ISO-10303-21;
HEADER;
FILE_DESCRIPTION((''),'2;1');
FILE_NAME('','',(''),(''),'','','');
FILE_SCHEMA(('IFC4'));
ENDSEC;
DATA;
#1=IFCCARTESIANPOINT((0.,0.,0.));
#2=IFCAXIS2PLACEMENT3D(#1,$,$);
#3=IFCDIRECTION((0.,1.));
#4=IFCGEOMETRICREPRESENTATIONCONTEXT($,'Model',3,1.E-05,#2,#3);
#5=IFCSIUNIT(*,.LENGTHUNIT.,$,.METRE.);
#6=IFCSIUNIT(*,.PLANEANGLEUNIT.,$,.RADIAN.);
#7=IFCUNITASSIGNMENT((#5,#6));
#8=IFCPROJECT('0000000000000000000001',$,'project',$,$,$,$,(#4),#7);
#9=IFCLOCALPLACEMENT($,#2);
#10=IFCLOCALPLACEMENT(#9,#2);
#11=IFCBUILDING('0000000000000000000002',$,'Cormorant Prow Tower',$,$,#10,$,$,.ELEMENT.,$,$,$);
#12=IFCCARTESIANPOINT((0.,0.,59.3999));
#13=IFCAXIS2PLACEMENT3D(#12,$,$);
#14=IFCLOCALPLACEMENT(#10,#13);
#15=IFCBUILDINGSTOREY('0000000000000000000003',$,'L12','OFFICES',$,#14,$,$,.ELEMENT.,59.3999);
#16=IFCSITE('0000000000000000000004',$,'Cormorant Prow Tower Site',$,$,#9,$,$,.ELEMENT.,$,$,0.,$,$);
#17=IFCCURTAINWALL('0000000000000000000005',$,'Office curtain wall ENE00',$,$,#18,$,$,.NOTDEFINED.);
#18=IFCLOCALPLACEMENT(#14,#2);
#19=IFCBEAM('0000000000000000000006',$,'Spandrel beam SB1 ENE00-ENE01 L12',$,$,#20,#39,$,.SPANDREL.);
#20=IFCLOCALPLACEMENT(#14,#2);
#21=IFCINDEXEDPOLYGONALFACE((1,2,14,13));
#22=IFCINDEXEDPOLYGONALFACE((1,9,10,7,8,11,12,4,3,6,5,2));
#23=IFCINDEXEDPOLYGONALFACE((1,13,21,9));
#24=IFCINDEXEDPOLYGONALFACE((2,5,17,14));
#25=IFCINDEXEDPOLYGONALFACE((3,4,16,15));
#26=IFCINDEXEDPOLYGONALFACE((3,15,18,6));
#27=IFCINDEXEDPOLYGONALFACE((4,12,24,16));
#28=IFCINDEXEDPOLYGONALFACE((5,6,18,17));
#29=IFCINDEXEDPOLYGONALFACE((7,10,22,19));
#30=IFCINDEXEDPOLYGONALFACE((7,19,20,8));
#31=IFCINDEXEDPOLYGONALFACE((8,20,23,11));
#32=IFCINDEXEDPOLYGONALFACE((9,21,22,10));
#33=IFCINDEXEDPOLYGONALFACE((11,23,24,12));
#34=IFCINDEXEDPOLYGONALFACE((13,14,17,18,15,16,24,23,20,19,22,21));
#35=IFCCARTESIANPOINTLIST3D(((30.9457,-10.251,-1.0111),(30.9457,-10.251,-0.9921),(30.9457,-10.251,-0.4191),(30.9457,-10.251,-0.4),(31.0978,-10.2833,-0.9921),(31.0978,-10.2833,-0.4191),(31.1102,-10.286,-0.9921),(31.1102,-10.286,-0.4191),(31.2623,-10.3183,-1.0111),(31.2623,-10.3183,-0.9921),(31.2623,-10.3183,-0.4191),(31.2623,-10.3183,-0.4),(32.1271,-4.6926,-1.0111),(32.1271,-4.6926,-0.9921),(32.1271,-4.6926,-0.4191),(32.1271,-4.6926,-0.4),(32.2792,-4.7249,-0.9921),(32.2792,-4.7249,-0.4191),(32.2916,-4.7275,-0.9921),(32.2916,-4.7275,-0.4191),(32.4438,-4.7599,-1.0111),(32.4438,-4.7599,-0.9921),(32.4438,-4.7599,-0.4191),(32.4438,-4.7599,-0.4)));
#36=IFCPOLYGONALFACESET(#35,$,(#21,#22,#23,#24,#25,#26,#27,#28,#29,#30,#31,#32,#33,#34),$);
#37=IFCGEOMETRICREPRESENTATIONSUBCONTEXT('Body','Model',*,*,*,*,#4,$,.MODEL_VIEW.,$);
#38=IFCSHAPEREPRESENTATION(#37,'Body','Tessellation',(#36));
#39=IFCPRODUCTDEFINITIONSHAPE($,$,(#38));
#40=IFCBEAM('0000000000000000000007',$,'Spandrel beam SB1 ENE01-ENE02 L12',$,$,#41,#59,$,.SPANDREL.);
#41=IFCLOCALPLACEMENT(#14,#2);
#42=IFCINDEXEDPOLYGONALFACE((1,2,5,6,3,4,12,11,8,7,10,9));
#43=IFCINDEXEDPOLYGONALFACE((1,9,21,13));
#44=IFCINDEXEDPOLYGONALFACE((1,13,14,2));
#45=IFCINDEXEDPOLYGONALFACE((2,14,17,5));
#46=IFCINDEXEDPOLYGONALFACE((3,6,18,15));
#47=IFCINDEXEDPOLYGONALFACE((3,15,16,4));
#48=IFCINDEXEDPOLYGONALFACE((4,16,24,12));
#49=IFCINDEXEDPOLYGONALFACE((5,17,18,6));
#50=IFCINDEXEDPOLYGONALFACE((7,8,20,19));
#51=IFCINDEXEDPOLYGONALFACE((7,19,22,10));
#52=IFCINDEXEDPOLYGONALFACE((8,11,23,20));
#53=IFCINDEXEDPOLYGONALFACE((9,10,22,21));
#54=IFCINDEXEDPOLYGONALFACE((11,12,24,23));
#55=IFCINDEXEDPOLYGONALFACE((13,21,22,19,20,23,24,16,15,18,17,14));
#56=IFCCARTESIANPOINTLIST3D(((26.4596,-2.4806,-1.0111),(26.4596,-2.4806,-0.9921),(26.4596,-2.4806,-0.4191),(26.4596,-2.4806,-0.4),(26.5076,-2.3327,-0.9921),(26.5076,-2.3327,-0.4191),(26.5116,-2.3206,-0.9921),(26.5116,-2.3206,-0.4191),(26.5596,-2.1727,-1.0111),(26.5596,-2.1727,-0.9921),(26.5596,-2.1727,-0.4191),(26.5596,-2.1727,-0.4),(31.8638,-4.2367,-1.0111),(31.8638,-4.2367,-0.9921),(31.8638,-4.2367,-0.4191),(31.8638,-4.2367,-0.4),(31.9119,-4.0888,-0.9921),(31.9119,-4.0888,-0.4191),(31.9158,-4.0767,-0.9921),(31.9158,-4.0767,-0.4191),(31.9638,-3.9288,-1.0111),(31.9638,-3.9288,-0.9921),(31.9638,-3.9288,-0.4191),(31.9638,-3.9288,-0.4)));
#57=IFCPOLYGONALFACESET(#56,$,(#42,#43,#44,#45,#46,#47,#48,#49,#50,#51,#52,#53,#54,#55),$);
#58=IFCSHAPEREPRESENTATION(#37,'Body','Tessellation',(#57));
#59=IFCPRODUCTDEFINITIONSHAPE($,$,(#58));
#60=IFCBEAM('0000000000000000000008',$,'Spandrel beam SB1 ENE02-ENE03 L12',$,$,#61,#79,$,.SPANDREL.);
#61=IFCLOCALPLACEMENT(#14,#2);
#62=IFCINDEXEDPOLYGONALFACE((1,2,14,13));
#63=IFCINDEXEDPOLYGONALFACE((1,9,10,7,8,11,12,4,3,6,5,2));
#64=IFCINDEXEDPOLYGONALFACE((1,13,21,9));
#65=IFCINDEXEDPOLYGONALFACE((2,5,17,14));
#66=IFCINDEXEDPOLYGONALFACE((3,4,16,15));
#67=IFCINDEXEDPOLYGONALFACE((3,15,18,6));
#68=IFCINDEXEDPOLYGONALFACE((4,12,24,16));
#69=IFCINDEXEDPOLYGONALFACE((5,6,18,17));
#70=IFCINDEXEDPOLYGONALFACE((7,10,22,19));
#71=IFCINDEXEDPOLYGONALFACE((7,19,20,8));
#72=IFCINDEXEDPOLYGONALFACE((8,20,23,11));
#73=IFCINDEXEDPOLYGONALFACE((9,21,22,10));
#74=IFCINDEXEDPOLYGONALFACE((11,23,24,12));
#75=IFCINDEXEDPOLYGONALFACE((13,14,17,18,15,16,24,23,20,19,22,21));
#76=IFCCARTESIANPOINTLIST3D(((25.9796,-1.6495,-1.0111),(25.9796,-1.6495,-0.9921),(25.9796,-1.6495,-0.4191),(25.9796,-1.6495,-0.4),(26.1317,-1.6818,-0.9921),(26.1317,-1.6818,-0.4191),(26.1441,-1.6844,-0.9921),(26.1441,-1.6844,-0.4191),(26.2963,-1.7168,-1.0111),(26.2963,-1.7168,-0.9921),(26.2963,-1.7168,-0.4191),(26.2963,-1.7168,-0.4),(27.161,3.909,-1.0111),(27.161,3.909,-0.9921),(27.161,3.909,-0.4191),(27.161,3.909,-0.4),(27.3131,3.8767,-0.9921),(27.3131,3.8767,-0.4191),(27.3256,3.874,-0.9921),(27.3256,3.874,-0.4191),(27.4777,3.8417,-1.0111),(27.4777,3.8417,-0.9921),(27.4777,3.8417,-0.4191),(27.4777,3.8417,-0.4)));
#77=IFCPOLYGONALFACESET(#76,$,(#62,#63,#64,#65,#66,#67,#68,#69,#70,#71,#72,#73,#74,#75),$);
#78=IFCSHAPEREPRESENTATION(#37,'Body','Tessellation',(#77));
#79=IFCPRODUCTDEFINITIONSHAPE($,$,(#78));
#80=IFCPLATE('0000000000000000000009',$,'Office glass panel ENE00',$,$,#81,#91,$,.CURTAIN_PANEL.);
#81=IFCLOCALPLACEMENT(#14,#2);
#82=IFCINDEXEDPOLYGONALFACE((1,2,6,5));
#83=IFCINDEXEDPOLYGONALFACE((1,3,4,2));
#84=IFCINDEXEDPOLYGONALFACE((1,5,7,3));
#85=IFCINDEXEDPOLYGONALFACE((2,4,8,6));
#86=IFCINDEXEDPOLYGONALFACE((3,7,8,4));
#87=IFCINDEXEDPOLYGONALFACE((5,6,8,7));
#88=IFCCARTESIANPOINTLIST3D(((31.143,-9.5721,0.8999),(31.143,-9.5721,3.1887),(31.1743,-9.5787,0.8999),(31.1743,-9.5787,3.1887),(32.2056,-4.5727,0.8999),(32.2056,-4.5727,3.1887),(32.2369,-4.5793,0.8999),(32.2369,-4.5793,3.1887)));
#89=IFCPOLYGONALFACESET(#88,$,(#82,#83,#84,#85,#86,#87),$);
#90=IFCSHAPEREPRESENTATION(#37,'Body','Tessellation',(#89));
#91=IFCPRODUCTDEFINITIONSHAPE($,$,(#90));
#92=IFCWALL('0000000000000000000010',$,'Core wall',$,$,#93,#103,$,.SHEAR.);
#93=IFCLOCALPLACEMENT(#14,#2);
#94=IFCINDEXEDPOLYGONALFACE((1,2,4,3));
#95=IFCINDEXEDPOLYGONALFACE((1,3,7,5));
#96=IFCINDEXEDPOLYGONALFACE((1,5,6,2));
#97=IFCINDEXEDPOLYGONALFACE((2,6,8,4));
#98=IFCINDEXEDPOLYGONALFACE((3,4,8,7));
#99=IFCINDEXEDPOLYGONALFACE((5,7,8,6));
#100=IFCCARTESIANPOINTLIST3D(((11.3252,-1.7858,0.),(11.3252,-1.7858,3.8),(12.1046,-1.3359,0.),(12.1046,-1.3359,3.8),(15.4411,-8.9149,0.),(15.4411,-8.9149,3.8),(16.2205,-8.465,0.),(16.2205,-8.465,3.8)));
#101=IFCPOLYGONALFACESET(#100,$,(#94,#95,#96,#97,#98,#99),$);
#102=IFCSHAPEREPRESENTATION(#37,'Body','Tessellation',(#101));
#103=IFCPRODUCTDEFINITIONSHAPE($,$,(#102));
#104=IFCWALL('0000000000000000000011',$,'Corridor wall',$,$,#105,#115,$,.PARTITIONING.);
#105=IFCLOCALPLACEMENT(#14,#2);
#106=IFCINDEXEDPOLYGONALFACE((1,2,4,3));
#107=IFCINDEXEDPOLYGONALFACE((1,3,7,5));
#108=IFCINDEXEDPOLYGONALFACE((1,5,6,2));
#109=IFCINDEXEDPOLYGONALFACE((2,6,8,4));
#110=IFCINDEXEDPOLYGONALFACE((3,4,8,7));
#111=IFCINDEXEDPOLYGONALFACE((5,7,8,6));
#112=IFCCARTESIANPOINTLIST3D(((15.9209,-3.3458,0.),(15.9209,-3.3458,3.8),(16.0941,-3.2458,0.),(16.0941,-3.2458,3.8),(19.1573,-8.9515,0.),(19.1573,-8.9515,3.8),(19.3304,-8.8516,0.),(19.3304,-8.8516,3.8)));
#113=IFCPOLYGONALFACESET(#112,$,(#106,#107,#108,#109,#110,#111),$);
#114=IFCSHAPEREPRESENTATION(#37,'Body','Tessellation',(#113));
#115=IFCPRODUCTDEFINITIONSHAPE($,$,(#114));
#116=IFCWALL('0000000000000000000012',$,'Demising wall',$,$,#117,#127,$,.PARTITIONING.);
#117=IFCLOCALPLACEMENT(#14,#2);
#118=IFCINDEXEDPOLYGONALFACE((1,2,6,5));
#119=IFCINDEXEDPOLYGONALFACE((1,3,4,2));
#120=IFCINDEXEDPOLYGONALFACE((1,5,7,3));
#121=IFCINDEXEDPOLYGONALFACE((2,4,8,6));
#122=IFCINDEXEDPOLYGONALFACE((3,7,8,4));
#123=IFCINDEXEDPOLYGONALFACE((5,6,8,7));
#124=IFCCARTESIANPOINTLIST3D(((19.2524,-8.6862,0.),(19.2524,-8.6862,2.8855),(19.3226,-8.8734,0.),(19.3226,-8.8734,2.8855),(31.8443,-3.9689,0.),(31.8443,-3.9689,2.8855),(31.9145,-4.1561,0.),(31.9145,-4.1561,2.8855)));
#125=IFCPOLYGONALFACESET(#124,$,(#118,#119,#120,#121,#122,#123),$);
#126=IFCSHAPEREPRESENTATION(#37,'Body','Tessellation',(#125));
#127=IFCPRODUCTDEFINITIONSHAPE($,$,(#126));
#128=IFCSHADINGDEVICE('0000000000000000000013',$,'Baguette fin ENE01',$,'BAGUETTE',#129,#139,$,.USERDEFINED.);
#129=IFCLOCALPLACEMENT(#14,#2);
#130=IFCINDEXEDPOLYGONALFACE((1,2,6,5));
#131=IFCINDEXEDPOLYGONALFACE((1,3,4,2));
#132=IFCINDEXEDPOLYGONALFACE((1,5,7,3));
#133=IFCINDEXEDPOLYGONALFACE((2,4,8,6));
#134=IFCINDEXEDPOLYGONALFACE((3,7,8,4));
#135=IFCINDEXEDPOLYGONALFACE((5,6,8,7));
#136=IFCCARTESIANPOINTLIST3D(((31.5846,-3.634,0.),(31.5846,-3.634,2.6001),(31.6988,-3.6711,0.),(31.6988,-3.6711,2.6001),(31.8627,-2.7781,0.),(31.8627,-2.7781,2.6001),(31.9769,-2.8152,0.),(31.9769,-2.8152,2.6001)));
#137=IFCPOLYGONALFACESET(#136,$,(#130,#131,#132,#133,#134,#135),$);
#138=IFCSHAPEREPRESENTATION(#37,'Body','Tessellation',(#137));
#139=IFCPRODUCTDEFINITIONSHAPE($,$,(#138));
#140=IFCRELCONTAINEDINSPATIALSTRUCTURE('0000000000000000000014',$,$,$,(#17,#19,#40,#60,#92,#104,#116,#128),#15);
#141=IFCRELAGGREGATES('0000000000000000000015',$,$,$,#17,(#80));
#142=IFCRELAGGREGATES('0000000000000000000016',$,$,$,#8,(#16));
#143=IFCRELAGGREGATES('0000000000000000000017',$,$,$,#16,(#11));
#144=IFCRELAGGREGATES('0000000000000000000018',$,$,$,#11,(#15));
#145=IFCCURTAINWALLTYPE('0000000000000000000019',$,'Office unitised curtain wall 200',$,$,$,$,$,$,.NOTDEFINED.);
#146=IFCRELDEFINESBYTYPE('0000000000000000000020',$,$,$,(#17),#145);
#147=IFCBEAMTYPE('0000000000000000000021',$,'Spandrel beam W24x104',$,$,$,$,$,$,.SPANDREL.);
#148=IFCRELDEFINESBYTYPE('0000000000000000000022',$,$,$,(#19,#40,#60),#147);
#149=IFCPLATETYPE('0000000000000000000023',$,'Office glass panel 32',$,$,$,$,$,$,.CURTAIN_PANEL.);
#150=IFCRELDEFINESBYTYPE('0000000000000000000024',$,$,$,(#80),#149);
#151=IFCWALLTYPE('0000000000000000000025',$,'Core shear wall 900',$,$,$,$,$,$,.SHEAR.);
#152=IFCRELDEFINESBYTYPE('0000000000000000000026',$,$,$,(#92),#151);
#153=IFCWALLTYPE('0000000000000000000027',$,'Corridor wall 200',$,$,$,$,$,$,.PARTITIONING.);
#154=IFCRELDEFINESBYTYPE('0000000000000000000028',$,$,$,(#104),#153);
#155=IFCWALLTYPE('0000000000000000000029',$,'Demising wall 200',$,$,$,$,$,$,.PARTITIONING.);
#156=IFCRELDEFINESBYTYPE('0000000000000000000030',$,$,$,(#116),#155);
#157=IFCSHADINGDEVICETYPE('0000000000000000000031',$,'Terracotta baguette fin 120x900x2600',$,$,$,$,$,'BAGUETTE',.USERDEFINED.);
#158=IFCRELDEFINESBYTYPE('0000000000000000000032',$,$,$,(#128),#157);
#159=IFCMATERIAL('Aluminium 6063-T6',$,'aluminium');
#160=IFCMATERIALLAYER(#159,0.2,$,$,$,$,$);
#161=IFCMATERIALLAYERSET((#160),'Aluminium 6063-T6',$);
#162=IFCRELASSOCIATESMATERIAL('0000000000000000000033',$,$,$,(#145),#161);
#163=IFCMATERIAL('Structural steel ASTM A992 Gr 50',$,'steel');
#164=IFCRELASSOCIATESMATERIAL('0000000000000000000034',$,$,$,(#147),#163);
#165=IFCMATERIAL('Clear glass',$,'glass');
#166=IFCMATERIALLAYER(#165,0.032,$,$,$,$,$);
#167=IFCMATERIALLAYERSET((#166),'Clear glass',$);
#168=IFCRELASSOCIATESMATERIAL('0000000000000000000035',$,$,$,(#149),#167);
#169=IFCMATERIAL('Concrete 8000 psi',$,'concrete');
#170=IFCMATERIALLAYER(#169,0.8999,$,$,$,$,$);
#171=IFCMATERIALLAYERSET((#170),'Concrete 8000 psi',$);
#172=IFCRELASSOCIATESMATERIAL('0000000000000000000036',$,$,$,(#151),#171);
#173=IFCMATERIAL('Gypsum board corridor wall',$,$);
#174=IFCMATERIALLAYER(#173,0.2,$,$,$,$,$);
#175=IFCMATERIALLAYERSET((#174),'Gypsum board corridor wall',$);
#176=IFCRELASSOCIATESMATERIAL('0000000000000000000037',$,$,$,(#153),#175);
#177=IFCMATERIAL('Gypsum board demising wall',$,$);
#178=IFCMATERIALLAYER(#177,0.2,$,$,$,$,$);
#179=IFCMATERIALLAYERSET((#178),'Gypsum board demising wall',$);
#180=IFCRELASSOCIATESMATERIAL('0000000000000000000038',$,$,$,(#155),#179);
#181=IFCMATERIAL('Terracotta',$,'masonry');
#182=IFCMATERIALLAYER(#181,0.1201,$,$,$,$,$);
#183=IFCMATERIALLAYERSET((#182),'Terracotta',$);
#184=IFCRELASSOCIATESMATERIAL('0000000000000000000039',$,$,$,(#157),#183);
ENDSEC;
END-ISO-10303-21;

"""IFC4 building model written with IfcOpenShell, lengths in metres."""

from ifc_helpers import new_model, si_unit, direction, frame, frame_2d, origin, origin_2d, place, context, subcontext, project, spatial, rectangle, i_section, extrude, material, layer, layer_set, material_profile, profile_set, type_object, element, aggregate, save


model = new_model("IFC4")

# Units and contexts
model_context = context("Model", 3, precision=1e-05, world=origin(), true_north=direction((0.0, 1.0)))
body_context = subcontext(model_context, "Body", "Model", "MODEL_VIEW")
ifc_project = project(units=[si_unit("LENGTHUNIT", "METRE"), si_unit("PLANEANGLEUNIT", "RADIAN")], contexts=[model_context])

# Site, building, storey
site_placement = place(None, origin())
site = spatial("IfcSite", under=ifc_project, at=site_placement, Name="Cormorant Prow Tower Site", CompositionType="ELEMENT", RefElevation=0.0)
building_placement = place(site_placement, origin())
building = spatial("IfcBuilding", under=site, at=building_placement, Name="Cormorant Prow Tower", CompositionType="ELEMENT")
storey_placement = place(building_placement, frame((0.0, 0.0, 59.3999)))
storey = spatial("IfcBuildingStorey", under=building, at=storey_placement, Name="L12", Description="OFFICES", CompositionType="ELEMENT", Elevation=59.3999)

# Curtain wall
ifc_material_1 = material(Name="Aluminium 6063-T6", Category="aluminium")
ifc_layer_1 = layer(ifc_material_1, 0.2)
ifc_layer_set_1 = layer_set([ifc_layer_1], Name="Aluminium 6063-T6")
curtain_wall_type = type_object("IfcCurtainWallType", Name="Office unitised curtain wall 200", PredefinedType="NOTDEFINED", material=ifc_layer_set_1)
curtain_wall_1_placement = place(storey_placement, origin())
curtain_wall_1 = element("IfcCurtainWall", 1, at=curtain_wall_1_placement, inside=storey, type_object=curtain_wall_type, Name="Office curtain wall ENE00", PredefinedType="NOTDEFINED")

# Beams
ifc_material_2 = material(Name="Structural steel ASTM A992 Gr 50", Category="steel")
ifc_material_profile_1 = material_profile(ifc_material_2, i_section(OverallWidth=0.3237, OverallDepth=0.6111, WebThickness=0.0127, FlangeThickness=0.019, at=origin_2d()), Name="W24x104")
ifc_profile_set_1 = profile_set([ifc_material_profile_1], Name="Structural steel ASTM A992 Gr 50")
beam_type_1 = type_object("IfcBeamType", Name="Spandrel beam W24x104", PredefinedType="SPANDREL", material=ifc_profile_set_1)
beam_1_placement = place(storey_placement, frame((31.104, -10.2847, -0.7056), z_axis=(0.2079, 0.97815, 0.0), x_axis=(-0.97815, 0.2079, 0.0)))
element("IfcBeam", 2, at=beam_1_placement, inside=storey, type_object=beam_type_1, Name="Spandrel beam SB1 ENE00-ENE01 L12", PredefinedType="SPANDREL", context=body_context, shape_type="SweptSolid", body=[
    extrude(i_section(OverallWidth=0.3237, OverallDepth=0.6111, WebThickness=0.0127, FlangeThickness=0.019, at=origin_2d()), origin(), (0.0, 0.0, 1.0), 5.6826),
])
beam_2_placement = place(storey_placement, frame((31.9138, -4.0828, -0.7056), z_axis=(-0.951049, 0.309039, 0.0), x_axis=(-0.309039, -0.951049, 0.0)))
element("IfcBeam", 3, at=beam_2_placement, inside=storey, type_object=beam_type_1, Name="Spandrel beam SB1 ENE01-ENE02 L12", PredefinedType="SPANDREL", context=body_context, shape_type="SweptSolid", body=[
    extrude(i_section(OverallWidth=0.3237, OverallDepth=0.6111, WebThickness=0.0127, FlangeThickness=0.019, at=origin_2d()), origin(), (0.0, 0.0, 1.0), 5.6824),
])
beam_3_placement = place(storey_placement, frame((26.1379, -1.6831, -0.7056), z_axis=(0.2079, 0.97815, 0.0), x_axis=(-0.97815, 0.2079, 0.0)))
element("IfcBeam", 4, at=beam_3_placement, inside=storey, type_object=beam_type_1, Name="Spandrel beam SB1 ENE02-ENE03 L12", PredefinedType="SPANDREL", context=body_context, shape_type="SweptSolid", body=[
    extrude(i_section(OverallWidth=0.3237, OverallDepth=0.6111, WebThickness=0.0127, FlangeThickness=0.019, at=origin_2d()), origin(), (0.0, 0.0, 1.0), 5.6826),
])

# Plate
ifc_material_3 = material(Name="Clear glass", Category="glass")
ifc_layer_2 = layer(ifc_material_3, 0.032)
ifc_layer_set_2 = layer_set([ifc_layer_2], Name="Clear glass")
plate_type = type_object("IfcPlateType", Name="Office glass panel 32", PredefinedType="CURTAIN_PANEL", material=ifc_layer_set_2)
plate_placement = place(storey_placement, frame((31.6899, -7.0757, 0.8999), z_axis=(0.0, 0.0, 1.0), x_axis=(0.207912, 0.978148, 0.0)))
plate = element("IfcPlate", 5, at=plate_placement, type_object=plate_type, Name="Office glass panel ENE00", PredefinedType="CURTAIN_PANEL", context=body_context, shape_type="SweptSolid", body=[
    extrude(rectangle(XDim=5.1111, YDim=0.032, at=origin_2d()), origin(), (0.0, 0.0, 1.0), 2.2888),
])
aggregate(curtain_wall_1, [plate])

# Walls
ifc_material_4 = material(Name="Concrete 8000 psi", Category="concrete")
ifc_layer_3 = layer(ifc_material_4, 0.8999)
ifc_layer_set_3 = layer_set([ifc_layer_3], Name="Concrete 8000 psi")
wall_type_1 = type_object("IfcWallType", Name="Core shear wall 900", PredefinedType="SHEAR", material=ifc_layer_set_3)
wall_1_placement = place(storey_placement, frame((15.8308, -8.6899, 0.0), z_axis=(0.0, 0.0, 1.0), x_axis=(-0.499995, 0.866028, 0.0)))
element("IfcWall", 6, at=wall_1_placement, inside=storey, type_object=wall_type_1, Name="Core wall", PredefinedType="SHEAR", context=body_context, shape_type="SweptSolid", body=[
    extrude(rectangle(XDim=8.2319, YDim=0.8999, at=frame_2d((4.116, 0.0))), origin(), (0.0, 0.0, 1.0), 3.8),
])
ifc_material_5 = material(Name="Gypsum board corridor wall")
ifc_layer_4 = layer(ifc_material_5, 0.2)
ifc_layer_set_4 = layer_set([ifc_layer_4], Name="Gypsum board corridor wall")
wall_type_2 = type_object("IfcWallType", Name="Corridor wall 200", PredefinedType="PARTITIONING", material=ifc_layer_set_4)
wall_2_placement = place(storey_placement, frame((16.0076, -3.2959, 0.0), z_axis=(0.0, 0.0, 1.0), x_axis=(0.499985, -0.866034, 0.0)))
element("IfcWall", 7, at=wall_2_placement, inside=storey, type_object=wall_type_2, Name="Corridor wall", PredefinedType="PARTITIONING", context=body_context, shape_type="SweptSolid", body=[
    extrude(rectangle(XDim=6.4729, YDim=0.2, at=frame_2d((3.2363, 0.0))), origin(), (0.0, 0.0, 1.0), 3.8),
])
ifc_material_6 = material(Name="Gypsum board demising wall")
ifc_layer_5 = layer(ifc_material_6, 0.2)
ifc_layer_set_5 = layer_set([ifc_layer_5], Name="Gypsum board demising wall")
wall_type_3 = type_object("IfcWallType", Name="Demising wall 200", PredefinedType="PARTITIONING", material=ifc_layer_set_5)
wall_3_placement = place(storey_placement, frame((19.2876, -8.7798, 0.0), z_axis=(0.0, 0.0, 1.0), x_axis=(0.936443, 0.350821, 0.0)))
element("IfcWall", 8, at=wall_3_placement, inside=storey, type_object=wall_type_3, Name="Demising wall", PredefinedType="PARTITIONING", context=body_context, shape_type="SweptSolid", body=[
    extrude(rectangle(XDim=13.4465, YDim=0.2, at=frame_2d((6.7231, 0.0))), origin(), (0.0, 0.0, 1.0), 2.8855),
])

# Shading device
ifc_material_7 = material(Name="Terracotta", Category="masonry")
ifc_layer_6 = layer(ifc_material_7, 0.1201)
ifc_layer_set_6 = layer_set([ifc_layer_6], Name="Terracotta")
shading_device_type = type_object("IfcShadingDeviceType", Name="Terracotta baguette fin 120x900x2600", ElementType="BAGUETTE", PredefinedType="USERDEFINED", material=ifc_layer_set_6)
shading_device_placement = place(storey_placement, frame((31.7808, -3.2246, 0.0), z_axis=(0.0, 0.0, 1.0), x_axis=(-0.951057, 0.309017, 0.0)))
element("IfcShadingDevice", 9, at=shading_device_placement, inside=storey, type_object=shading_device_type, Name="Baguette fin ENE01", ObjectType="BAGUETTE", PredefinedType="USERDEFINED", context=body_context, shape_type="SweptSolid", body=[
    extrude(rectangle(XDim=0.1201, YDim=0.8999, at=origin_2d()), origin(), (0.0, 0.0, 1.0), 2.6001),
])

save(model, "model.ifc")
